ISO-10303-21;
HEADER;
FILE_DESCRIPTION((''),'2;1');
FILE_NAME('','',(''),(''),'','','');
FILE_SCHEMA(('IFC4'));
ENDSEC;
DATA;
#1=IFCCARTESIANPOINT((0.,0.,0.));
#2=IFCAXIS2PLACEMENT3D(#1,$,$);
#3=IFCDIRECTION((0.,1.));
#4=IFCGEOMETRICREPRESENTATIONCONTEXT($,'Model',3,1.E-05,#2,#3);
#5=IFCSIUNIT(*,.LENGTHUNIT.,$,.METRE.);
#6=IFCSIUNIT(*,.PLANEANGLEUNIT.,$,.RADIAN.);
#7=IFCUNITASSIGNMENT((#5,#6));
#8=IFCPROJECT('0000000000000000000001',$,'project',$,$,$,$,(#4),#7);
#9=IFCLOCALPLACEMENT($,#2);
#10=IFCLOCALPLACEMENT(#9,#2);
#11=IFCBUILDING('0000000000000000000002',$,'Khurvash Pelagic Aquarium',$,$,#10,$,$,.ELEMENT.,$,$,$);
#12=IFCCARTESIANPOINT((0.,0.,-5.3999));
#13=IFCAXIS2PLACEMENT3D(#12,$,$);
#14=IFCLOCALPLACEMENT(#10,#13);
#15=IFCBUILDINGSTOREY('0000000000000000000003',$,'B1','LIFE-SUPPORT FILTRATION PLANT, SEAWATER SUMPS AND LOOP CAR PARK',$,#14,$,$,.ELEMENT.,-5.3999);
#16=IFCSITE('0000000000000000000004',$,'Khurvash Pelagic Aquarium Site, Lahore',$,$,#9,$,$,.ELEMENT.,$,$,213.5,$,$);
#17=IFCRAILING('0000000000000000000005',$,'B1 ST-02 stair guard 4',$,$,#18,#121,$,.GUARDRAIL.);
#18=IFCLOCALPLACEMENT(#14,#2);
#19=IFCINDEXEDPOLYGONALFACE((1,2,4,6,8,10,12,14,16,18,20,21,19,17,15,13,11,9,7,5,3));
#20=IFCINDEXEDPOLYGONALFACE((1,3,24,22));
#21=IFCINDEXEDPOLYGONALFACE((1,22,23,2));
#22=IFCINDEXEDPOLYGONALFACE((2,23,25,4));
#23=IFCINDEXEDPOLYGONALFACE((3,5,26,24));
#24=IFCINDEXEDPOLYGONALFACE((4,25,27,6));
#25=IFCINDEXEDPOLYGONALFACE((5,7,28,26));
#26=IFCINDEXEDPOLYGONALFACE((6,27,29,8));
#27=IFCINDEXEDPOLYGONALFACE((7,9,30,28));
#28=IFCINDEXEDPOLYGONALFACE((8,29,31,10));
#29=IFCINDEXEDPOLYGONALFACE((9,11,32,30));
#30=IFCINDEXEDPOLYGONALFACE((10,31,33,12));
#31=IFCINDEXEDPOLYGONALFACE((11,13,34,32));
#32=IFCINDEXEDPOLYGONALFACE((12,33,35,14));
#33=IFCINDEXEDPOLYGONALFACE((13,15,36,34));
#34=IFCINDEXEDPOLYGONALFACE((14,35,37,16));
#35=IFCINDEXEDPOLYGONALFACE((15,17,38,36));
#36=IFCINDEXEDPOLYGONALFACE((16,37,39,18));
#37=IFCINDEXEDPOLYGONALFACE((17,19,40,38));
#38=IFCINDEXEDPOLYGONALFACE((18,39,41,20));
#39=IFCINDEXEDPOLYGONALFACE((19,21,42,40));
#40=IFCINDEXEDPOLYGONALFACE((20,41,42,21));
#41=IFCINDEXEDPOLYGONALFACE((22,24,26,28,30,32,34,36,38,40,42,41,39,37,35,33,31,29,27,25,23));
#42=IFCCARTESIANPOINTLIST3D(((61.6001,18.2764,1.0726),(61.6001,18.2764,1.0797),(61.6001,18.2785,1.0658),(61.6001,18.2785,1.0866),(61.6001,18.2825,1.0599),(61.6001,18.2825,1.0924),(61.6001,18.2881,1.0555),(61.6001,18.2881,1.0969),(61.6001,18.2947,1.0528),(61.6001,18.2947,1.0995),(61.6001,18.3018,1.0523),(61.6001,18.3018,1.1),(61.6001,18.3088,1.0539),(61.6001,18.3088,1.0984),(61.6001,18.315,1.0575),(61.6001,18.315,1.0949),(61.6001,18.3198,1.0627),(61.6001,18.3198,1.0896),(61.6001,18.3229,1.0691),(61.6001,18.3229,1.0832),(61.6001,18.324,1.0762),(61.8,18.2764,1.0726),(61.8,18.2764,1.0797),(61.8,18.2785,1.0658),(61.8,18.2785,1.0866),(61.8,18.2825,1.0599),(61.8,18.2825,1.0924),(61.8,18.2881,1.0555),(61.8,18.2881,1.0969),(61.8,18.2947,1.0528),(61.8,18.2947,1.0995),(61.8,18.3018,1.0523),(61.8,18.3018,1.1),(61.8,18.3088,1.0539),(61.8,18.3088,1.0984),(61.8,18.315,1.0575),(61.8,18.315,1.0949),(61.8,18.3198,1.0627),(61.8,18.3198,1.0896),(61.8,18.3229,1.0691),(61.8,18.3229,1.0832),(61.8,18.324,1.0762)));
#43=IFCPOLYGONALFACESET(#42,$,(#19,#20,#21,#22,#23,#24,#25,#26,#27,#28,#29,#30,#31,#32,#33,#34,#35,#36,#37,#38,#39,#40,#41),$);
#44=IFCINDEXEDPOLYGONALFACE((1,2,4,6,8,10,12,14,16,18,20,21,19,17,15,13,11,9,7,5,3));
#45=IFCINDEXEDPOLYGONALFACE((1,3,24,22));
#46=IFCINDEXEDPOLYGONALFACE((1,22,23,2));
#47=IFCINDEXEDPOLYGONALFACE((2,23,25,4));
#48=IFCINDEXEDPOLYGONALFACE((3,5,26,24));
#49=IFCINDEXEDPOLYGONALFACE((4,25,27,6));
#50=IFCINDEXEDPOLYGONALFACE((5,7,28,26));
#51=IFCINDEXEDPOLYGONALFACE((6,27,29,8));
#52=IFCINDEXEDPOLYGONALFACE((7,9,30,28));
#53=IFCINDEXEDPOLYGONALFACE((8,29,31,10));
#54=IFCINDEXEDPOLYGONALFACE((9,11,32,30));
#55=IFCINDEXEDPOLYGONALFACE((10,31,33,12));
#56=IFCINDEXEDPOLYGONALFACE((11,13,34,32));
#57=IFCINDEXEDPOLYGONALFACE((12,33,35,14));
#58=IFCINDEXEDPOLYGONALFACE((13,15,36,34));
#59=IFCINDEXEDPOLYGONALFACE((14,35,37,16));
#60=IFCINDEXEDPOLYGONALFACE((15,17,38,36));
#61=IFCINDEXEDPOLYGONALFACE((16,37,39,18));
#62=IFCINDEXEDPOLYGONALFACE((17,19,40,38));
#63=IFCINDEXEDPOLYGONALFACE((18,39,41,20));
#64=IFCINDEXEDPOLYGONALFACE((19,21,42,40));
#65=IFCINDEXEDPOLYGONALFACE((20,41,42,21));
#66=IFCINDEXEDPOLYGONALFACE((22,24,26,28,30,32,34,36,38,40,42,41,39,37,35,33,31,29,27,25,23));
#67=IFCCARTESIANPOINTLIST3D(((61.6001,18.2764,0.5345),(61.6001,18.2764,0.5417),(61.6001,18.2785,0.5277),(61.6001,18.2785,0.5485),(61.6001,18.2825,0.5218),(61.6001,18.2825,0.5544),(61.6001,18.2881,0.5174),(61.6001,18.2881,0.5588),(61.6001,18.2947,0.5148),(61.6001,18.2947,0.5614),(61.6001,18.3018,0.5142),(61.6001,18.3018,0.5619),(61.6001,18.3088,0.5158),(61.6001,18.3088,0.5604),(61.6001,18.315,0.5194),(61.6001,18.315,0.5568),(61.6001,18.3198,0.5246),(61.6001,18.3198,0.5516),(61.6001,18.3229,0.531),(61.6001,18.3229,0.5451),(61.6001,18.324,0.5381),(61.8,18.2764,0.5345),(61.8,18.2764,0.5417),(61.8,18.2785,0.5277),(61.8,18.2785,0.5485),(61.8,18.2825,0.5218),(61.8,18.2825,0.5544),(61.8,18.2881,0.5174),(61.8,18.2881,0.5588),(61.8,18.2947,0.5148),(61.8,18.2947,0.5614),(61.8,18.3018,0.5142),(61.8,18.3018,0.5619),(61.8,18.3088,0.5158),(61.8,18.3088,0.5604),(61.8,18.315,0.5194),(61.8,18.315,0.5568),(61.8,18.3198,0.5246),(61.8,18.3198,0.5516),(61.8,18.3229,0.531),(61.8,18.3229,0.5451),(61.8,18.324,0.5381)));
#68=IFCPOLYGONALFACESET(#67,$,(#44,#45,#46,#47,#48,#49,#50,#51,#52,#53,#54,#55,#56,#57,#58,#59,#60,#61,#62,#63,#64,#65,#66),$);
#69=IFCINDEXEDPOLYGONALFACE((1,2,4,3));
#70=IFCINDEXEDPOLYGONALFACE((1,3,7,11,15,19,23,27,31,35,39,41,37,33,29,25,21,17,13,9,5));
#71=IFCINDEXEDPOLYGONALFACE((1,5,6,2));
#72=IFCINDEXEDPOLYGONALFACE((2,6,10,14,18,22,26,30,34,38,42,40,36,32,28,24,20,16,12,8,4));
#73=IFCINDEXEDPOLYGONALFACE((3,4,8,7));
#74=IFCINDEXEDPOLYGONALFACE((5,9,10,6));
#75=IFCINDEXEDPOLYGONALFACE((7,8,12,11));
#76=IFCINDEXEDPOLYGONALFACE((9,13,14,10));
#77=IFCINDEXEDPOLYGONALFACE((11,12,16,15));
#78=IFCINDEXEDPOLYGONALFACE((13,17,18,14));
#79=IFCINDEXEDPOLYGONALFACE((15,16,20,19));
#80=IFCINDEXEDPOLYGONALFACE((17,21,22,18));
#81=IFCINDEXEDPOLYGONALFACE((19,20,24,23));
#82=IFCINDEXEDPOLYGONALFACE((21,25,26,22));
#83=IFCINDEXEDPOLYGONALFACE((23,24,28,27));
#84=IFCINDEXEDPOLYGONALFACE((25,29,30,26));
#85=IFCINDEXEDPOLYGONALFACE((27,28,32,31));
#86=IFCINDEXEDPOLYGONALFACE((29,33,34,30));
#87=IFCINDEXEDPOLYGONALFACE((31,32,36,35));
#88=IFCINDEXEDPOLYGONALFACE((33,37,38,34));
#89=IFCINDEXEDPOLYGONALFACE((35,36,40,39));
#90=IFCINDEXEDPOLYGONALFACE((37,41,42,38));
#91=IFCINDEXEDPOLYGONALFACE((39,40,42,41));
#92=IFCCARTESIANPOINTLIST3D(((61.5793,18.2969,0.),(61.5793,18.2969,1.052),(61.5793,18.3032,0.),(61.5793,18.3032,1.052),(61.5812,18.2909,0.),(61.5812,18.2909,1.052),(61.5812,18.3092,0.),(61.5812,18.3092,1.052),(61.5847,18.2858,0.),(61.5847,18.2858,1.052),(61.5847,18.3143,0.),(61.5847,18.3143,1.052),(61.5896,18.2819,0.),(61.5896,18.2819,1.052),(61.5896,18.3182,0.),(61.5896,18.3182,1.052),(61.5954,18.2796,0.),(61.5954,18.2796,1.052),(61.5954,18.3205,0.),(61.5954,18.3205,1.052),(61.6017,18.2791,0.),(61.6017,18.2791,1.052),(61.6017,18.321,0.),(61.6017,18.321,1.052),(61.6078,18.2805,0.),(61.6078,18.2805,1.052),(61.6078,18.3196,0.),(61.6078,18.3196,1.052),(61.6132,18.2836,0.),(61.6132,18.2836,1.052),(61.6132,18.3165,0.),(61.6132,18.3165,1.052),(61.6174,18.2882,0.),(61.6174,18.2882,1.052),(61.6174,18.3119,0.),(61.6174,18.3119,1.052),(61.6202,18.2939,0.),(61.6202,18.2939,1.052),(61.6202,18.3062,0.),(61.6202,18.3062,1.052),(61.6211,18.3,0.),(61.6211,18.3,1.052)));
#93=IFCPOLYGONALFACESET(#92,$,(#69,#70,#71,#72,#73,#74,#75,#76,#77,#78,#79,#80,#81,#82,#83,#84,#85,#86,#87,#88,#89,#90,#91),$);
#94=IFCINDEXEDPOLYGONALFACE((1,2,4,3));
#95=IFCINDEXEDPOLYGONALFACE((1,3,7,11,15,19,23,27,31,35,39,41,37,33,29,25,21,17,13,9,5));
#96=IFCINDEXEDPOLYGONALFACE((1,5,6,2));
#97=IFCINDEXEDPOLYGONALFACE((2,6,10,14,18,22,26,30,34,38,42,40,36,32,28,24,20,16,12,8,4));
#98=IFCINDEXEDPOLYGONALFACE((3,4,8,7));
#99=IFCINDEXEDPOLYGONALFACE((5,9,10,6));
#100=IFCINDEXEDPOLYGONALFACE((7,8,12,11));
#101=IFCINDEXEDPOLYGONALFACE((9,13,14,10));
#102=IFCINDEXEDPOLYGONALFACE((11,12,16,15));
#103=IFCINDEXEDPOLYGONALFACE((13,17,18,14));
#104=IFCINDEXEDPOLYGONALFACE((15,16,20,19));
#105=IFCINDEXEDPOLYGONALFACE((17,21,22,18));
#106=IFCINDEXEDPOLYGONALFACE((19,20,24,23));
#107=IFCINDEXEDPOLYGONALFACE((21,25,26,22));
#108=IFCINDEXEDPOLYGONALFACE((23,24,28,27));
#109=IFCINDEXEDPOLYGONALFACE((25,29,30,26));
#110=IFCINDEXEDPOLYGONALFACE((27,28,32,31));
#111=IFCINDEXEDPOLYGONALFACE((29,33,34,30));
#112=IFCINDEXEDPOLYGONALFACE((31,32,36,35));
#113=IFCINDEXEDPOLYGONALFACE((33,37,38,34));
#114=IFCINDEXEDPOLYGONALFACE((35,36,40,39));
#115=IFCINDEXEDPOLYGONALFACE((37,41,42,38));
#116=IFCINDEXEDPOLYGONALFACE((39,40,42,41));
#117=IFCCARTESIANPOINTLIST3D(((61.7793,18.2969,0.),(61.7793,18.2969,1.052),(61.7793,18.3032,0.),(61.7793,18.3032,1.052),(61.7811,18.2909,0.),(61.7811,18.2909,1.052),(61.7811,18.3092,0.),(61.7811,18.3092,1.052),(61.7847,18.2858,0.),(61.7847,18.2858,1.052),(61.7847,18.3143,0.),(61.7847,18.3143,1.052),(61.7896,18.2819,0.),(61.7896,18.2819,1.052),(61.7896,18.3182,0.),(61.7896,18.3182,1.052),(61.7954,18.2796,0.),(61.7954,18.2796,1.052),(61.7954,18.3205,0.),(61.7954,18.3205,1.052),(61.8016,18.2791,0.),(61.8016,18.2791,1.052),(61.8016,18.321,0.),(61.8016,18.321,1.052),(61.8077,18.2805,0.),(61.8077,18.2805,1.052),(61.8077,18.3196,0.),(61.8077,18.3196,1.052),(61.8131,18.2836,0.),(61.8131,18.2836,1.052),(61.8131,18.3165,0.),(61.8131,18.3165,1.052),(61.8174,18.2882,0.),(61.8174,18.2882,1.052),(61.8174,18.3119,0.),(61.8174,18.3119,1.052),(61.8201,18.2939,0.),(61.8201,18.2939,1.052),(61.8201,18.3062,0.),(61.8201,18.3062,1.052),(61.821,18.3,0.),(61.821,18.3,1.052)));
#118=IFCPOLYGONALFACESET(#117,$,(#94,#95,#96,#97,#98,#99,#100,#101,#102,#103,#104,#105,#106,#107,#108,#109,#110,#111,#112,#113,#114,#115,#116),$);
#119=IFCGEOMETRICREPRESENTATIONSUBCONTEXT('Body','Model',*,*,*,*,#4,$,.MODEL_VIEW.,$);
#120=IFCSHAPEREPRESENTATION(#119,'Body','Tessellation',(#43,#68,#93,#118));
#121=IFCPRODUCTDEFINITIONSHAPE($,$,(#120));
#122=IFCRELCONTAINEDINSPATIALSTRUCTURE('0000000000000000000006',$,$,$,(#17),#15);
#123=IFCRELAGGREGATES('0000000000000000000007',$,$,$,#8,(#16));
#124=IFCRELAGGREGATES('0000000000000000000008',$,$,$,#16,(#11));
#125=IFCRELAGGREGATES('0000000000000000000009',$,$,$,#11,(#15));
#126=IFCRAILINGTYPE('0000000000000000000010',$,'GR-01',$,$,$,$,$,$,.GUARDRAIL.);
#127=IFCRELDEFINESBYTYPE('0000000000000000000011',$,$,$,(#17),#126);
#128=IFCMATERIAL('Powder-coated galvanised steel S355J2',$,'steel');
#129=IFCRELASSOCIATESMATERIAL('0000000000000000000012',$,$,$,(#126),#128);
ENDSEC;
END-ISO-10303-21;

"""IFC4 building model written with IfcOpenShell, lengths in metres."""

from ifc_helpers import new_model, si_unit, direction, frame, origin, origin_2d, place, context, subcontext, project, spatial, circle, extrude, material, type_object, element, save


model = new_model("IFC4")

# Units and contexts
model_context = context("Model", 3, precision=1e-05, world=origin(), true_north=direction((0.0, 1.0)))
body_context = subcontext(model_context, "Body", "Model", "MODEL_VIEW")
ifc_project = project(units=[si_unit("LENGTHUNIT", "METRE"), si_unit("PLANEANGLEUNIT", "RADIAN")], contexts=[model_context])

# Site, building, storey
site_placement = place(None, origin())
site = spatial("IfcSite", under=ifc_project, at=site_placement, Name="Khurvash Pelagic Aquarium Site, Lahore", CompositionType="ELEMENT", RefElevation=213.5)
building_placement = place(site_placement, origin())
building = spatial("IfcBuilding", under=site, at=building_placement, Name="Khurvash Pelagic Aquarium", CompositionType="ELEMENT")
storey_placement = place(building_placement, frame((0.0, 0.0, -5.3999)))
storey = spatial("IfcBuildingStorey", under=building, at=storey_placement, Name="B1", Description="LIFE-SUPPORT FILTRATION PLANT, SEAWATER SUMPS AND LOOP CAR PARK", CompositionType="ELEMENT", Elevation=-5.3999)

# Railing
ifc_material_1 = material(Name="Powder-coated galvanised steel S355J2", Category="steel")
railing_type_1 = type_object("IfcRailingType", Name="GR-01", PredefinedType="GUARDRAIL", material=ifc_material_1)
railing_1_placement = place(storey_placement, frame((61.6001, 18.3, 0.0)))
element("IfcRailing", 1, at=railing_1_placement, inside=storey, type_object=railing_type_1, Name="B1 ST-02 stair guard 4", PredefinedType="GUARDRAIL", context=body_context, shape_type="SweptSolid", body=[
    extrude(circle(Radius=0.0239, at=origin_2d()), frame((0.0, 0.0, 1.0762), z_axis=(1.0, 0.0, 0.0), x_axis=(0.0, 1.0, 0.0)), (0.0, 0.0, 1.0), 0.2),
    extrude(circle(Radius=0.0239, at=origin_2d()), frame((0.0, 0.0, 0.5381), z_axis=(1.0, 0.0, 0.0), x_axis=(0.0, 1.0, 0.0)), (0.0, 0.0, 1.0), 0.2),
    extrude(circle(Radius=0.021, at=origin_2d()), origin(), (0.0, 0.0, 1.0), 1.052),
    extrude(circle(Radius=0.021, at=origin_2d()), frame((0.2, 0.0, 0.0)), (0.0, 0.0, 1.0), 1.052),
])

save(model, "model.ifc")
